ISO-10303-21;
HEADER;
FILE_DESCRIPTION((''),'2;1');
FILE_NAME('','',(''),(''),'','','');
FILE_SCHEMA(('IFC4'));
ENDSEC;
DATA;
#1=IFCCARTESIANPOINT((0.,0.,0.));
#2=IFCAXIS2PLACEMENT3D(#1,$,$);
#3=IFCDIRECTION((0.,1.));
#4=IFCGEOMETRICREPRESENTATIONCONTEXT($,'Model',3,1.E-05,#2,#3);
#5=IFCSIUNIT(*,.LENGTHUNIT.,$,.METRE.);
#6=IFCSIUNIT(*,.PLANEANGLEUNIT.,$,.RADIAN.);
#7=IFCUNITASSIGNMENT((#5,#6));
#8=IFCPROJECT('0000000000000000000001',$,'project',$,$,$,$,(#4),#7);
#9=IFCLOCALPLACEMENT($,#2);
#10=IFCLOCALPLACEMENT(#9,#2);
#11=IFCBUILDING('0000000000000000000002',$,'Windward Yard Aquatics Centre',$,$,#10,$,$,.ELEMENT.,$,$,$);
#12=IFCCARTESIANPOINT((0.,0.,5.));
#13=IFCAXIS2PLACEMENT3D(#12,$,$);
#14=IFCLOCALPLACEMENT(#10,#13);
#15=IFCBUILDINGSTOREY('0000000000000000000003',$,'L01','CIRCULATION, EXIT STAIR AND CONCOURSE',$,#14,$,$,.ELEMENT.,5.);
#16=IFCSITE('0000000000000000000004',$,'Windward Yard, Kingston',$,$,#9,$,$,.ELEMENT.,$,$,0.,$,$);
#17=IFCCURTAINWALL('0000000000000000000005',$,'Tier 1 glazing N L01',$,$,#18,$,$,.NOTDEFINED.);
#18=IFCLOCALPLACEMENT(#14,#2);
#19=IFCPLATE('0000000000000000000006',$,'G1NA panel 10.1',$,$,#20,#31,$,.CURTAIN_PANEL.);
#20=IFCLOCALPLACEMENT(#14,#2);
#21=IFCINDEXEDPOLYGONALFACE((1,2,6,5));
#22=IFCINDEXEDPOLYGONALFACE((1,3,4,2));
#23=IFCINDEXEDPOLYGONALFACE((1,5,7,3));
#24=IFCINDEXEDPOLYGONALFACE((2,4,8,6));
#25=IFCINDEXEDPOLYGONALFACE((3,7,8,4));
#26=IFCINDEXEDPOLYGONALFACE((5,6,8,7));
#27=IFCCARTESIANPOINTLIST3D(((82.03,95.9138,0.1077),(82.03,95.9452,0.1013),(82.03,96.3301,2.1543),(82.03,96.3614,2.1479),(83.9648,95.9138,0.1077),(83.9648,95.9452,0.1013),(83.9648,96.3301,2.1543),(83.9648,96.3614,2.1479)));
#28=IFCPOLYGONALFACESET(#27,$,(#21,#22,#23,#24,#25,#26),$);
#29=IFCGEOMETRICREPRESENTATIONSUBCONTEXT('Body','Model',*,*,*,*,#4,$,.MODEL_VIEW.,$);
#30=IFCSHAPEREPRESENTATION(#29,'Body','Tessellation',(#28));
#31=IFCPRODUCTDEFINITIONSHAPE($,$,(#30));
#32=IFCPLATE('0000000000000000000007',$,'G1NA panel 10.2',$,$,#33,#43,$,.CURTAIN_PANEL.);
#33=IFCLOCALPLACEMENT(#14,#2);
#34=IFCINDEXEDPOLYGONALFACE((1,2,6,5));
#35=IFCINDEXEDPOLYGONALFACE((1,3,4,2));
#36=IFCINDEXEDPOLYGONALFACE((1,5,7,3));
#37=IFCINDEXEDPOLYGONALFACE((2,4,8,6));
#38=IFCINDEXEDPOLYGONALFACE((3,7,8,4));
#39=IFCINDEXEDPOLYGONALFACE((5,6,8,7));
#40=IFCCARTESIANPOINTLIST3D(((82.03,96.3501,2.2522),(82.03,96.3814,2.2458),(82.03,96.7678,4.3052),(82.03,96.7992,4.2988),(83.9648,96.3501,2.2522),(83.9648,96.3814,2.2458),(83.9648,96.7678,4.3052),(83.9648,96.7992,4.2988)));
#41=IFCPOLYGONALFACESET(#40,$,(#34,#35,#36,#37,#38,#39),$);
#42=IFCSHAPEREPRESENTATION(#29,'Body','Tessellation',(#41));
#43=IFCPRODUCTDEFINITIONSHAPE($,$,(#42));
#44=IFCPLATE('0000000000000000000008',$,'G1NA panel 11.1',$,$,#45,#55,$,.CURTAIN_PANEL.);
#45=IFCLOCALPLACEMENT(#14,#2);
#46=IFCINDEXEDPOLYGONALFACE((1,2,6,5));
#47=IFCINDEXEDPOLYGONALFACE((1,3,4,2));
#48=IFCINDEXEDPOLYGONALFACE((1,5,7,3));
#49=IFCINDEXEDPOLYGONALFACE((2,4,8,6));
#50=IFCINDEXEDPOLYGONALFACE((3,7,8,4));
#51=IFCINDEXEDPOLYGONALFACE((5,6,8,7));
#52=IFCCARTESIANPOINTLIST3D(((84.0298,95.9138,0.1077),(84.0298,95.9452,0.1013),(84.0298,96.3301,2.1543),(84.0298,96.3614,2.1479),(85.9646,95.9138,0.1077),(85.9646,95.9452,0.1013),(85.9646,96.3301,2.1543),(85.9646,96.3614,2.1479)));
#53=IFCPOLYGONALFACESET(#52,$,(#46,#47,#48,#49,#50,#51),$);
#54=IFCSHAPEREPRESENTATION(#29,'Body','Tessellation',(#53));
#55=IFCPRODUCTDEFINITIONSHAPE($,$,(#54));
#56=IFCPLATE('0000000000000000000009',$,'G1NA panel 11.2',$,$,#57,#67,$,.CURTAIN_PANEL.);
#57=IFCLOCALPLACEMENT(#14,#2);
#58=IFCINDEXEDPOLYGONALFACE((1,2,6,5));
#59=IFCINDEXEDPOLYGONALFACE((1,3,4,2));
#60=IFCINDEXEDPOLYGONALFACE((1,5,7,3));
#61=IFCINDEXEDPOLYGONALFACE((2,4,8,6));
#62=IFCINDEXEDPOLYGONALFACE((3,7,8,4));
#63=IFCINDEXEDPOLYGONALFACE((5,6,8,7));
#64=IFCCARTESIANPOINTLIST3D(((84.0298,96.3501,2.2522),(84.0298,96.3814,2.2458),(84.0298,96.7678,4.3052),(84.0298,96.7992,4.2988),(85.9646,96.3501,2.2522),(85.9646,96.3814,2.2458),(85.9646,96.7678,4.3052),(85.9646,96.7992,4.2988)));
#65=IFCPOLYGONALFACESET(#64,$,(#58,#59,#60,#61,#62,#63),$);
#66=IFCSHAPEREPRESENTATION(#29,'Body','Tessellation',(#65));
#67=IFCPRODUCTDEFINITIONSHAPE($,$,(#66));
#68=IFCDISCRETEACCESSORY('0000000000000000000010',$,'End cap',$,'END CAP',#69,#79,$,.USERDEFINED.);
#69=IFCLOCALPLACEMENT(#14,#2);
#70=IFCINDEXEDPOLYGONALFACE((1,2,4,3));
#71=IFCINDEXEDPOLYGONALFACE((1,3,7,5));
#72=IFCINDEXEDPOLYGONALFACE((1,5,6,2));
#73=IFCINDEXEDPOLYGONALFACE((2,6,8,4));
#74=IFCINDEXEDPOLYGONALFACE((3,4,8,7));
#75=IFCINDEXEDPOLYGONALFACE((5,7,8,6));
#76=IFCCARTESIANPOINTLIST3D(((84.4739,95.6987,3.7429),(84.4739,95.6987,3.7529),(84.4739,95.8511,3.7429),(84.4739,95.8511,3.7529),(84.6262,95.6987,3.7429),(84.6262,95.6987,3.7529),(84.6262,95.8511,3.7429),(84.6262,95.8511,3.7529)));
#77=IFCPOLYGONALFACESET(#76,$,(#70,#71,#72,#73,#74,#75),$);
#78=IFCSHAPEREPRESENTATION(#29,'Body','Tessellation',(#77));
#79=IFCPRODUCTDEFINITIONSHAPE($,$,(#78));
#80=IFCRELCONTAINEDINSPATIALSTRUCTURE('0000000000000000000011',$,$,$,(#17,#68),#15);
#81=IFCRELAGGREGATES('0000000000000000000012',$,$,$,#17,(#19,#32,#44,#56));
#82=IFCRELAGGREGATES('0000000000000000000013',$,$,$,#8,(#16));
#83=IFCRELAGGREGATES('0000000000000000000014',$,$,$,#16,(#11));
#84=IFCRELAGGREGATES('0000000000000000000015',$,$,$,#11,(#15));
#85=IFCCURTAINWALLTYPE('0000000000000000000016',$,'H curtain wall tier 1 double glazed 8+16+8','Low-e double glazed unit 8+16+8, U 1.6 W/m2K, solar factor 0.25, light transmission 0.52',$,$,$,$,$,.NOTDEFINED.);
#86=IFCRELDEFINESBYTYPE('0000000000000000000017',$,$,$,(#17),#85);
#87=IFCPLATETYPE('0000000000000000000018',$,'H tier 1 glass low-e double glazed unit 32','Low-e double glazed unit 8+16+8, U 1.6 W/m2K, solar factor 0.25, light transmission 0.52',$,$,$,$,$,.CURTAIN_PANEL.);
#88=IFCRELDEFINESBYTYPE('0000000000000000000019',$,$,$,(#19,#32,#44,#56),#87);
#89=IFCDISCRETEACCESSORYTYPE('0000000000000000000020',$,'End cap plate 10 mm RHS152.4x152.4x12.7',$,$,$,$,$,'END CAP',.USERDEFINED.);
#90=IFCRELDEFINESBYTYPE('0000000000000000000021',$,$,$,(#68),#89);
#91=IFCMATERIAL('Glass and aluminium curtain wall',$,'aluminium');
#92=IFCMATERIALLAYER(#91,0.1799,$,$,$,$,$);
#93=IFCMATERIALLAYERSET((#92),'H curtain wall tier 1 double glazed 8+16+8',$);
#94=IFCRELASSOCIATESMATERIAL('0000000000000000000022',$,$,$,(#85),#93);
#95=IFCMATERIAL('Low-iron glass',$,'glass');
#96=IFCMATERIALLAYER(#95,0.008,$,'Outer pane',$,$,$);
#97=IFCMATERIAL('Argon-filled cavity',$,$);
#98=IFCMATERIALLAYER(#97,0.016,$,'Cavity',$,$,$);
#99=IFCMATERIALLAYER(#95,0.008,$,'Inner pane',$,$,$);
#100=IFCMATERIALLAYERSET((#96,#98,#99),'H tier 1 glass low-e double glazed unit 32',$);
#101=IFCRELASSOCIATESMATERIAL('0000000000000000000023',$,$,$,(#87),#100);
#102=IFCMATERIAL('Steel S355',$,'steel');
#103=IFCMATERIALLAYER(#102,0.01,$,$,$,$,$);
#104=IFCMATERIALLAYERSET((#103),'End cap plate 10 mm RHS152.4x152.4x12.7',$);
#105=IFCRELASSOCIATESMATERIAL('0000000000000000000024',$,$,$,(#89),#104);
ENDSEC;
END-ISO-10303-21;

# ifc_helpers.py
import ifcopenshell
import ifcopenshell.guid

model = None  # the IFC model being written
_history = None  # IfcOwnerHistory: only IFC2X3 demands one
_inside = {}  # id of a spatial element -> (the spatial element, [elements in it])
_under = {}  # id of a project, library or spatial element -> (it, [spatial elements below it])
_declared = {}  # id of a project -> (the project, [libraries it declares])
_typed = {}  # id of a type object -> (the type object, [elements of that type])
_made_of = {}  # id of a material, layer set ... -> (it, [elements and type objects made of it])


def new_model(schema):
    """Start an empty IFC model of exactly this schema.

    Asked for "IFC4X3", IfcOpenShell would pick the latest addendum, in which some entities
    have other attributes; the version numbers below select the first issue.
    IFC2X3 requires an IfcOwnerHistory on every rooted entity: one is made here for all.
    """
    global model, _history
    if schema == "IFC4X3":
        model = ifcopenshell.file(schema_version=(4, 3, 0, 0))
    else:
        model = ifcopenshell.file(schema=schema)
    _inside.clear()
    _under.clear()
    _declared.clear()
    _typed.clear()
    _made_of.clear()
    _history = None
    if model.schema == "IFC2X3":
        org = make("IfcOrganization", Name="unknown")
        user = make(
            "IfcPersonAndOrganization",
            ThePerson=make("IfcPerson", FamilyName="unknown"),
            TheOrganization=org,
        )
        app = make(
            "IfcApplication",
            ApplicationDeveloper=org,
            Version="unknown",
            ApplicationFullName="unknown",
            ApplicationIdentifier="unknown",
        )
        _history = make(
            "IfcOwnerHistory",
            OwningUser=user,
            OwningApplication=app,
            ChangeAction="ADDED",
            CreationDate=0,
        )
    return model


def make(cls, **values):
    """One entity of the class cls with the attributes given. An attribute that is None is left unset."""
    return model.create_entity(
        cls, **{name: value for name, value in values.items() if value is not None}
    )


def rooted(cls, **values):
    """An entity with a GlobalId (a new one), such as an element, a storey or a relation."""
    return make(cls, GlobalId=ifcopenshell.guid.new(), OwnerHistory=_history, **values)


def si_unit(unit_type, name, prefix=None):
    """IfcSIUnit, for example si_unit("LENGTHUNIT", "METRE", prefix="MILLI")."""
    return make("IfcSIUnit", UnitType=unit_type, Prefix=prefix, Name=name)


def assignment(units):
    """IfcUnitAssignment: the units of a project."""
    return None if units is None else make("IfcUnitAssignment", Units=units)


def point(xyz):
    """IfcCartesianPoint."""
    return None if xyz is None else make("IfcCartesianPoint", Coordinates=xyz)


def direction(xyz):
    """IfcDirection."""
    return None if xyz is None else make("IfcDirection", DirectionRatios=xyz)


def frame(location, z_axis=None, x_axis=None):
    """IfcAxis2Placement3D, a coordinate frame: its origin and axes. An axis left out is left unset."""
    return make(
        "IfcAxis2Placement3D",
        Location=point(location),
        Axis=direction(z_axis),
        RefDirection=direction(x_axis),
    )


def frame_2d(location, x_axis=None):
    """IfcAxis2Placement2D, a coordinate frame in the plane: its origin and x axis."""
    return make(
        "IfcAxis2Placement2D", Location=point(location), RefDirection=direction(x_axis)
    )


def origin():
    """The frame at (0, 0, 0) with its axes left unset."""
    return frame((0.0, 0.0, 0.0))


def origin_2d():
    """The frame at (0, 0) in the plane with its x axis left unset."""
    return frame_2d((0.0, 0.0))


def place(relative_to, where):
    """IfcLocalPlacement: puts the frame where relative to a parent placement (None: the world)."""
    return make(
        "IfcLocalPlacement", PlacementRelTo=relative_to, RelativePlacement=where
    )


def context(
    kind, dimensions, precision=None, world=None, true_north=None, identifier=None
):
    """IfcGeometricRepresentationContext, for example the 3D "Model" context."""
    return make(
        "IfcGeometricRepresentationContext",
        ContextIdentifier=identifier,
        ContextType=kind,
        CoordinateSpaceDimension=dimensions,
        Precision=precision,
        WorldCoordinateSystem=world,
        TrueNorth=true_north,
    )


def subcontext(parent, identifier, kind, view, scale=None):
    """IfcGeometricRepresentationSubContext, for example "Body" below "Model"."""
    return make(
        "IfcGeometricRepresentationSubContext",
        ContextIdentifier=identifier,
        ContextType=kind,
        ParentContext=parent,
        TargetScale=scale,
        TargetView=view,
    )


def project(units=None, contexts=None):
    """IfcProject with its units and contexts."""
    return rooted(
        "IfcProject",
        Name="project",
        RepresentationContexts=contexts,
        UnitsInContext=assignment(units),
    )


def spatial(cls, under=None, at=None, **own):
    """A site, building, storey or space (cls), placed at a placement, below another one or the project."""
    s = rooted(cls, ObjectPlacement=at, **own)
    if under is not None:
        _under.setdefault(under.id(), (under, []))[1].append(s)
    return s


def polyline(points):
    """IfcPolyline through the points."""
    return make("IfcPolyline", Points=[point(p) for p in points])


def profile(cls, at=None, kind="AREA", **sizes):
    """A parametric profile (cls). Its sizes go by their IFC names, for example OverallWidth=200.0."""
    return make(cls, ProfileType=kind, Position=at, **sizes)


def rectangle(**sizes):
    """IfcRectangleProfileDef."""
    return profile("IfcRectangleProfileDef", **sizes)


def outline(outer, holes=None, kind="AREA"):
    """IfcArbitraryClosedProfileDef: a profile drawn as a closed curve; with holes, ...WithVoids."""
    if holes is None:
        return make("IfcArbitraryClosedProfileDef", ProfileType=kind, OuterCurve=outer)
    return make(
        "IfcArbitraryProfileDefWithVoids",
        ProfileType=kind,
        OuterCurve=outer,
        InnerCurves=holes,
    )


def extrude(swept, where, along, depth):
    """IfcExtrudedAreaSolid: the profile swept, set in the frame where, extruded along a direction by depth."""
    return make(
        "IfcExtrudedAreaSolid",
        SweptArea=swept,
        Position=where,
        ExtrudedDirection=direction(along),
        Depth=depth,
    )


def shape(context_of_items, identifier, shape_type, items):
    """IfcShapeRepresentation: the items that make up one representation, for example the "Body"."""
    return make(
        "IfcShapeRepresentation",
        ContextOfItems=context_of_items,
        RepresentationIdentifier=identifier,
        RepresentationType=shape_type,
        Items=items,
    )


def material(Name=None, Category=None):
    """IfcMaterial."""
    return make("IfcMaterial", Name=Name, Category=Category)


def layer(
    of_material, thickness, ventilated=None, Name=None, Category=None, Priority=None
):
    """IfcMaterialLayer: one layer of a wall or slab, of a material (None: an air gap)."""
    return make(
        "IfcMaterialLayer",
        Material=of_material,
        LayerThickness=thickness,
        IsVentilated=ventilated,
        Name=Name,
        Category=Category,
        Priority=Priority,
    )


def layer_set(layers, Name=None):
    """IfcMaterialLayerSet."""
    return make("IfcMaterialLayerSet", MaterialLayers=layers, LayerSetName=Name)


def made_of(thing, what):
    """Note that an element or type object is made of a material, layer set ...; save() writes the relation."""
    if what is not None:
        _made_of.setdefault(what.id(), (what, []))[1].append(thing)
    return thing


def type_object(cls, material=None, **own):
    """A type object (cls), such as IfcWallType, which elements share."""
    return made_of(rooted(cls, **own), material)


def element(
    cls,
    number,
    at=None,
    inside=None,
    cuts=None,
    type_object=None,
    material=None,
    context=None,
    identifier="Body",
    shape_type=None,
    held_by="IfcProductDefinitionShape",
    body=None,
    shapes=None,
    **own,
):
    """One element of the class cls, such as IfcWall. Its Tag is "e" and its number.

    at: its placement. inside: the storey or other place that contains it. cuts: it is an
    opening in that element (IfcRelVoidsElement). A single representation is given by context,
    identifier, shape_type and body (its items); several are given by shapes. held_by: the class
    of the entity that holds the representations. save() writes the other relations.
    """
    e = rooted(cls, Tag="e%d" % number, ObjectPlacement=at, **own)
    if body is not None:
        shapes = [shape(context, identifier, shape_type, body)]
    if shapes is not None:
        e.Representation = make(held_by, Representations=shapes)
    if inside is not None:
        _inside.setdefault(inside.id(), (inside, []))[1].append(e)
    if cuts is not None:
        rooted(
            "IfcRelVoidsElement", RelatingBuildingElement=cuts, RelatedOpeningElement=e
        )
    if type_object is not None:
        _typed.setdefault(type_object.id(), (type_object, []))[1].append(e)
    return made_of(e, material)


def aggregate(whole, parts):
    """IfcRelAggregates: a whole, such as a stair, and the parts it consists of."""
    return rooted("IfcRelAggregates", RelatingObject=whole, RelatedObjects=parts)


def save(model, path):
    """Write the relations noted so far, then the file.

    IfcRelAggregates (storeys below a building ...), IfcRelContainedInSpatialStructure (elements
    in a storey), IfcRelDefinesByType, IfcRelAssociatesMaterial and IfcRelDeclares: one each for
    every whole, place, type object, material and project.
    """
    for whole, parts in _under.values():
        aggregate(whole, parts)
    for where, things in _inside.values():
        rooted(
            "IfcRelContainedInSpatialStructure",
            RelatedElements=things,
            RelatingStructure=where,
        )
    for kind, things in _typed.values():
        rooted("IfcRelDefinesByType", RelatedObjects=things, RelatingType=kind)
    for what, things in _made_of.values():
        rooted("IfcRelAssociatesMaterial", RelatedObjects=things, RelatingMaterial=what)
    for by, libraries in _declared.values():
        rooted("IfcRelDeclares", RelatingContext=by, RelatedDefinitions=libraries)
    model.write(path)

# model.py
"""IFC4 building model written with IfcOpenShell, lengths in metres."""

from ifc_helpers import new_model, si_unit, direction, frame, origin, origin_2d, place, context, subcontext, project, spatial, polyline, rectangle, outline, extrude, material, layer, layer_set, type_object, element, aggregate, save


model = new_model("IFC4")

# Units and contexts
model_context = context("Model", 3, precision=1e-05, world=origin(), true_north=direction((0.0, 1.0)))
body_context = subcontext(model_context, "Body", "Model", "MODEL_VIEW")
ifc_project = project(units=[si_unit("LENGTHUNIT", "METRE"), si_unit("PLANEANGLEUNIT", "RADIAN")], contexts=[model_context])

# Site, building, storey
site_placement = place(None, origin())
site = spatial("IfcSite", under=ifc_project, at=site_placement, Name="Windward Yard, Kingston", CompositionType="ELEMENT", RefElevation=0.0)
building_placement = place(site_placement, origin())
building = spatial("IfcBuilding", under=site, at=building_placement, Name="Windward Yard Aquatics Centre", CompositionType="ELEMENT")
storey_placement = place(building_placement, frame((0.0, 0.0, 5.0)))
storey = spatial("IfcBuildingStorey", under=building, at=storey_placement, Name="L01", Description="CIRCULATION, EXIT STAIR AND CONCOURSE", CompositionType="ELEMENT", Elevation=5.0)

# Curtain wall, plates
ifc_material_1 = material(Name="Glass and aluminium curtain wall", Category="aluminium")
ifc_layer_1 = layer(ifc_material_1, 0.1799)
ifc_layer_set_1 = layer_set([ifc_layer_1], Name="H curtain wall tier 1 double glazed 8+16+8")
curtain_wall_type = type_object("IfcCurtainWallType", Name="H curtain wall tier 1 double glazed 8+16+8", Description="Low-e double glazed unit 8+16+8, U 1.6 W/m2K, solar factor 0.25, light transmission 0.52", PredefinedType="NOTDEFINED", material=ifc_layer_set_1)
curtain_wall_placement = place(storey_placement, origin())
curtain_wall = element("IfcCurtainWall", 1, at=curtain_wall_placement, inside=storey, type_object=curtain_wall_type, Name="Tier 1 glazing N L01", PredefinedType="NOTDEFINED")
ifc_material_2 = material(Name="Low-iron glass", Category="glass")
ifc_layer_2 = layer(ifc_material_2, 0.008, Name="Outer pane")
ifc_material_3 = material(Name="Argon-filled cavity")
ifc_layer_3 = layer(ifc_material_3, 0.016, Name="Cavity")
ifc_layer_4 = layer(ifc_material_2, 0.008, Name="Inner pane")
ifc_layer_set_2 = layer_set([ifc_layer_2, ifc_layer_3, ifc_layer_4], Name="H tier 1 glass low-e double glazed unit 32")
plate_type = type_object("IfcPlateType", Name="H tier 1 glass low-e double glazed unit 32", Description="Low-e double glazed unit 8+16+8, U 1.6 W/m2K, solar factor 0.25, light transmission 0.52", PredefinedType="CURTAIN_PANEL", material=ifc_layer_set_2)
plate_1_placement = place(storey_placement, frame((82.03, 95.9138, 0.1077), z_axis=(0.0, -0.979937, 0.199307), x_axis=(1.0, 0.0, 0.0)))
plate_1 = element("IfcPlate", 2, at=plate_1_placement, type_object=plate_type, Name="G1NA panel 10.1", PredefinedType="CURTAIN_PANEL", context=body_context, shape_type="SweptSolid", body=[
    extrude(outline(polyline([(0.0, 0.0), (1.9348, 0.0), (1.9348, 2.0885), (0.0, 2.0885), (0.0, 0.0)])), origin(), (0.0, 0.0, -1.0), 0.032),
])
plate_2_placement = place(storey_placement, frame((82.03, 96.3501, 2.2522), z_axis=(0.0, -0.979921, 0.199387), x_axis=(1.0, 0.0, 0.0)))
plate_2 = element("IfcPlate", 3, at=plate_2_placement, type_object=plate_type, Name="G1NA panel 10.2", PredefinedType="CURTAIN_PANEL", context=body_context, shape_type="SweptSolid", body=[
    extrude(outline(polyline([(0.0, 0.0), (1.9348, 0.0), (1.9348, 2.095), (0.0, 2.095), (0.0, 0.0)])), origin(), (0.0, 0.0, -1.0), 0.032),
])
plate_3_placement = place(storey_placement, frame((84.0298, 95.9138, 0.1077), z_axis=(0.0, -0.979937, 0.199307), x_axis=(1.0, 0.0, 0.0)))
plate_3 = element("IfcPlate", 4, at=plate_3_placement, type_object=plate_type, Name="G1NA panel 11.1", PredefinedType="CURTAIN_PANEL", context=body_context, shape_type="SweptSolid", body=[
    extrude(outline(polyline([(0.0, 0.0), (1.9348, 0.0), (1.9348, 2.0885), (0.0, 2.0885), (0.0, 0.0)])), origin(), (0.0, 0.0, -1.0), 0.032),
])
plate_4_placement = place(storey_placement, frame((84.0298, 96.3501, 2.2522), z_axis=(0.0, -0.979921, 0.199387), x_axis=(1.0, 0.0, 0.0)))
plate_4 = element("IfcPlate", 5, at=plate_4_placement, type_object=plate_type, Name="G1NA panel 11.2", PredefinedType="CURTAIN_PANEL", context=body_context, shape_type="SweptSolid", body=[
    extrude(outline(polyline([(0.0, 0.0), (1.9348, 0.0), (1.9348, 2.095), (0.0, 2.095), (0.0, 0.0)])), origin(), (0.0, 0.0, -1.0), 0.032),
])
aggregate(curtain_wall, [plate_1, plate_2, plate_3, plate_4])

# Discrete accessory
ifc_material_4 = material(Name="Steel S355", Category="steel")
ifc_layer_5 = layer(ifc_material_4, 0.01)
ifc_layer_set_3 = layer_set([ifc_layer_5], Name="End cap plate 10 mm RHS152.4x152.4x12.7")
discrete_accessory_type = type_object("IfcDiscreteAccessoryType", Name="End cap plate 10 mm RHS152.4x152.4x12.7", ElementType="END CAP", PredefinedType="USERDEFINED", material=ifc_layer_set_3)
discrete_accessory_placement = place(storey_placement, frame((84.55, 95.7749, 3.7429), z_axis=(0.0, 0.0, 1.0), x_axis=(1.0, 0.0, 0.0)))
element("IfcDiscreteAccessory", 6, at=discrete_accessory_placement, inside=storey, type_object=discrete_accessory_type, Name="End cap", ObjectType="END CAP", PredefinedType="USERDEFINED", context=body_context, shape_type="SweptSolid", body=[
    extrude(rectangle(XDim=0.1523, YDim=0.1523, at=origin_2d()), origin(), (0.0, 0.0, 1.0), 0.01),
])

save(model, "model.ifc")
